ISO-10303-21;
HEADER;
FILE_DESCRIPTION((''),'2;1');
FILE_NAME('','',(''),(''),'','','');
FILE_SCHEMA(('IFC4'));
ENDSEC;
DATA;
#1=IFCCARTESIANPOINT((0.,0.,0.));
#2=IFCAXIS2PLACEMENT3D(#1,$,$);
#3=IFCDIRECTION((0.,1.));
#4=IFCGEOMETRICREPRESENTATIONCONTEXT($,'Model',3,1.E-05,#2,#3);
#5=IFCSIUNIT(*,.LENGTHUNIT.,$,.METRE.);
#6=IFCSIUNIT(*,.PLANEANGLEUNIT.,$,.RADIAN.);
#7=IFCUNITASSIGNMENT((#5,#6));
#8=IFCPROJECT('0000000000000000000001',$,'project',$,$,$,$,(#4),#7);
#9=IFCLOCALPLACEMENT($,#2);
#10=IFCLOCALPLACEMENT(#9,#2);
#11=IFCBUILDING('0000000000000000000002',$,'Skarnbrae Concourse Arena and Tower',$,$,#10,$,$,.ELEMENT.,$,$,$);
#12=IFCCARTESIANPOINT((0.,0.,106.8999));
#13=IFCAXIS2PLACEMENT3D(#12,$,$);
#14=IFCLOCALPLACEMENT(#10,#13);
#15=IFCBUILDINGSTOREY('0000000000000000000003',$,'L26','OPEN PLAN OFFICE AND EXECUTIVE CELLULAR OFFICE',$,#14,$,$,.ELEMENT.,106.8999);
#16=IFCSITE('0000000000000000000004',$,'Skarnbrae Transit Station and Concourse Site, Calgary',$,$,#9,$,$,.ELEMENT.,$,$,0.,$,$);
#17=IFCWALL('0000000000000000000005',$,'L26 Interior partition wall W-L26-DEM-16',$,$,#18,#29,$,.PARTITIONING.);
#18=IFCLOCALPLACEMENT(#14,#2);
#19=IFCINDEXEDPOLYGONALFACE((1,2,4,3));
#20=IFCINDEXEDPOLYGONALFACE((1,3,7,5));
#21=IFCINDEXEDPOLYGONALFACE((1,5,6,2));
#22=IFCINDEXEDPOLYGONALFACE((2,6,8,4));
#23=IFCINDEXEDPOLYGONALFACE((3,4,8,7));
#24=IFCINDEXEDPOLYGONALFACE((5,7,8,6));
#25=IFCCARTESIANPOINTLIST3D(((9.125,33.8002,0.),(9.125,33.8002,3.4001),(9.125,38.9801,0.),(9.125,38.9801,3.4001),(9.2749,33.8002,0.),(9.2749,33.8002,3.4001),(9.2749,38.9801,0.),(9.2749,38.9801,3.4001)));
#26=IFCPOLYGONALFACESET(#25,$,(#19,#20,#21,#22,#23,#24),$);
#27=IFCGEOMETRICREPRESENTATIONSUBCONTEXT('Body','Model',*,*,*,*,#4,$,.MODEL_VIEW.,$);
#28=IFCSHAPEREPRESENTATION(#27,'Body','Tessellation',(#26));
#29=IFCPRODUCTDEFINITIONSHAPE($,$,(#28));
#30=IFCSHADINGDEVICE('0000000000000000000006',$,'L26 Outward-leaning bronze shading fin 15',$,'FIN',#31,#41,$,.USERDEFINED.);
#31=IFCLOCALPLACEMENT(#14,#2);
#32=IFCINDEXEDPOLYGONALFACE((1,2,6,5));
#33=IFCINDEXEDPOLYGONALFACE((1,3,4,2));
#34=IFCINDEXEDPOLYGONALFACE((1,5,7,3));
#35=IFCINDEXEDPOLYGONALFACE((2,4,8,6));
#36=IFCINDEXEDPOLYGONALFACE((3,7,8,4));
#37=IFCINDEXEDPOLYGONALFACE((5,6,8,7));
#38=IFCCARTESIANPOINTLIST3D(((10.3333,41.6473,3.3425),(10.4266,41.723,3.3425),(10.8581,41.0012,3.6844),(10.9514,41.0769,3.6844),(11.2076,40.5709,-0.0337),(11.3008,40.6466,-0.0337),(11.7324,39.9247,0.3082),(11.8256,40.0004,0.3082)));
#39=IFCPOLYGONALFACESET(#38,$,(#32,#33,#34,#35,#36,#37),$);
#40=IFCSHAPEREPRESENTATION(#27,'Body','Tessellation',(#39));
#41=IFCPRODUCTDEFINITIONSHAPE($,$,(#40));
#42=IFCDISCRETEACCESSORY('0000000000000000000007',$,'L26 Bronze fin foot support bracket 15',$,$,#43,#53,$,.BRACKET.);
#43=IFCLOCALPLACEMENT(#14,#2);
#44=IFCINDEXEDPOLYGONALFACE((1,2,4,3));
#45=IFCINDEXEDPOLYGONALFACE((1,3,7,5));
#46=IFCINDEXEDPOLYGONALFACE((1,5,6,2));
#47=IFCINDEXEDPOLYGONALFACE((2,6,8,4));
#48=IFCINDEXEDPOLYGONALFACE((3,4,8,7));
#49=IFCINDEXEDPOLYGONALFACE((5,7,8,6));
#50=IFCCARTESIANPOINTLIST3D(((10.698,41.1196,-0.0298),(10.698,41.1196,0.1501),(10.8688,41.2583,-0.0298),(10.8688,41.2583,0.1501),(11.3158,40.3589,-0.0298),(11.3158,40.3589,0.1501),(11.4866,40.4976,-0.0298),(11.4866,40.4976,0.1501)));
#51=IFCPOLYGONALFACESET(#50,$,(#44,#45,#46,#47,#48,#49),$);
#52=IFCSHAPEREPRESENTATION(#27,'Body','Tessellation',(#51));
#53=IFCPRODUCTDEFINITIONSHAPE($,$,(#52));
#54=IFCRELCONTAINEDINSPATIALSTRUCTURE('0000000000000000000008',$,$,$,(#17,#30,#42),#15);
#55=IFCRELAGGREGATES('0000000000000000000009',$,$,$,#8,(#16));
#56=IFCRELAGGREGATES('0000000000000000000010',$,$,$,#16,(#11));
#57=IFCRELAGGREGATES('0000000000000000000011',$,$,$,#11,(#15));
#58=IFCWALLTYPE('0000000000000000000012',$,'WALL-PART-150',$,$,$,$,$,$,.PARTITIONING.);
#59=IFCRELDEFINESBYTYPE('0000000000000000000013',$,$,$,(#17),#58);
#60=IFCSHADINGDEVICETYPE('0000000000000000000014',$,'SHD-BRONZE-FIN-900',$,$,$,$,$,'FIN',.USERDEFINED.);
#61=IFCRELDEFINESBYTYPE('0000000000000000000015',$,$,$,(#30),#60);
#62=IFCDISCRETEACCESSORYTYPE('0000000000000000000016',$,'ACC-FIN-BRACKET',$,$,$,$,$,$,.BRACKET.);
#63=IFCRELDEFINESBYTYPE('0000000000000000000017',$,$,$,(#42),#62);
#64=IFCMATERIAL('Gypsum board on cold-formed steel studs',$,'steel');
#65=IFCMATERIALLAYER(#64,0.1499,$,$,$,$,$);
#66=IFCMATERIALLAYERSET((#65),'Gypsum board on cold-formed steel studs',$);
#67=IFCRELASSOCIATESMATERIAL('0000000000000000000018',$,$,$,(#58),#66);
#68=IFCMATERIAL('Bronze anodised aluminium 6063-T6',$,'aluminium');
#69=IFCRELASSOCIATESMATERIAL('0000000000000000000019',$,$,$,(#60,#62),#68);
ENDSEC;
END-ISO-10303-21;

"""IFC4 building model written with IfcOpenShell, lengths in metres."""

from ifc_helpers import new_model, si_unit, direction, frame, frame_2d, origin, origin_2d, place, context, subcontext, project, spatial, rectangle, extrude, source, transform, mapped, material, layer, layer_set, type_object, element, save


model = new_model("IFC4")

# Units and contexts
model_context = context("Model", 3, precision=1e-05, world=origin(), true_north=direction((0.0, 1.0)))
body_context = subcontext(model_context, "Body", "Model", "MODEL_VIEW")
ifc_project = project(units=[si_unit("LENGTHUNIT", "METRE"), si_unit("PLANEANGLEUNIT", "RADIAN")], contexts=[model_context])

# Site, building, storey
site_placement = place(None, origin())
site = spatial("IfcSite", under=ifc_project, at=site_placement, Name="Skarnbrae Transit Station and Concourse Site, Calgary", CompositionType="ELEMENT", RefElevation=0.0)
building_placement = place(site_placement, origin())
building = spatial("IfcBuilding", under=site, at=building_placement, Name="Skarnbrae Concourse Arena and Tower", CompositionType="ELEMENT")
storey_placement = place(building_placement, frame((0.0, 0.0, 106.8999)))
storey = spatial("IfcBuildingStorey", under=building, at=storey_placement, Name="L26", Description="OPEN PLAN OFFICE AND EXECUTIVE CELLULAR OFFICE", CompositionType="ELEMENT", Elevation=106.8999)

# Shared definitions
ifc_material_1 = material(Name="Bronze anodised aluminium 6063-T6", Category="aluminium")

# Shared definitions
ifc_material_2 = material(Name="Gypsum board on cold-formed steel studs", Category="steel")

# Wall
ifc_layer_1 = layer(ifc_material_2, 0.1499)
ifc_layer_set_1 = layer_set([ifc_layer_1], Name="Gypsum board on cold-formed steel studs")
wall_type_1 = type_object("IfcWallType", Name="WALL-PART-150", PredefinedType="PARTITIONING", material=ifc_layer_set_1)
shared_shape_1 = source(origin(), body_context, "Body", "SweptSolid", [
    extrude(rectangle(XDim=5.1799, YDim=0.1499, at=frame_2d((2.5898, 0.0))), origin(), (0.0, 0.0, 1.0), 3.4001),
])
wall_1_placement = place(storey_placement, frame((9.2, 38.98, 0.0), z_axis=(0.0, 0.0, 1.0), x_axis=(0.0, -1.0, 0.0)))
element("IfcWall", 1, at=wall_1_placement, inside=storey, type_object=wall_type_1, Name="L26 Interior partition wall W-L26-DEM-16", PredefinedType="PARTITIONING", context=body_context, shape_type="MappedRepresentation", body=[
    mapped(shared_shape_1, transform((0.0, 0.0, 0.0))),
])

# Shading device
shading_device_type = type_object("IfcShadingDeviceType", Name="SHD-BRONZE-FIN-900", ElementType="FIN", PredefinedType="USERDEFINED", material=ifc_material_1)
shared_shape_2 = source(origin(), body_context, "Body", "SweptSolid", [
    extrude(rectangle(XDim=0.1201, YDim=0.8999, at=origin_2d()), origin(), (0.0, 0.0, 1.0), 3.6499),
])
shading_device_placement = place(storey_placement, frame((11.5166, 40.2856, 0.1372), z_axis=(-0.239527, 0.294927, 0.925011), x_axis=(0.776245, 0.630432, 0.0)))
element("IfcShadingDevice", 2, at=shading_device_placement, inside=storey, type_object=shading_device_type, Name="L26 Outward-leaning bronze shading fin 15", ObjectType="FIN", PredefinedType="USERDEFINED", context=body_context, shape_type="MappedRepresentation", body=[
    mapped(shared_shape_2, transform((0.0, 0.0, 0.0))),
])

# Discrete accessory
discrete_accessory_type = type_object("IfcDiscreteAccessoryType", Name="ACC-FIN-BRACKET", PredefinedType="BRACKET", material=ifc_material_1)
shared_shape_3 = source(origin(), body_context, "Body", "SweptSolid", [
    extrude(rectangle(XDim=0.22, YDim=0.98, at=origin_2d()), origin(), (0.0, 0.0, 1.0), 0.1799),
])
discrete_accessory_placement = place(storey_placement, frame((11.0923, 40.8086, -0.0298), z_axis=(0.0, 0.0, 1.0), x_axis=(0.776245, 0.630432, 0.0)))
element("IfcDiscreteAccessory", 3, at=discrete_accessory_placement, inside=storey, type_object=discrete_accessory_type, Name="L26 Bronze fin foot support bracket 15", PredefinedType="BRACKET", context=body_context, shape_type="MappedRepresentation", body=[
    mapped(shared_shape_3, transform((0.0, 0.0, 0.0))),
])

save(model, "model.ifc")
